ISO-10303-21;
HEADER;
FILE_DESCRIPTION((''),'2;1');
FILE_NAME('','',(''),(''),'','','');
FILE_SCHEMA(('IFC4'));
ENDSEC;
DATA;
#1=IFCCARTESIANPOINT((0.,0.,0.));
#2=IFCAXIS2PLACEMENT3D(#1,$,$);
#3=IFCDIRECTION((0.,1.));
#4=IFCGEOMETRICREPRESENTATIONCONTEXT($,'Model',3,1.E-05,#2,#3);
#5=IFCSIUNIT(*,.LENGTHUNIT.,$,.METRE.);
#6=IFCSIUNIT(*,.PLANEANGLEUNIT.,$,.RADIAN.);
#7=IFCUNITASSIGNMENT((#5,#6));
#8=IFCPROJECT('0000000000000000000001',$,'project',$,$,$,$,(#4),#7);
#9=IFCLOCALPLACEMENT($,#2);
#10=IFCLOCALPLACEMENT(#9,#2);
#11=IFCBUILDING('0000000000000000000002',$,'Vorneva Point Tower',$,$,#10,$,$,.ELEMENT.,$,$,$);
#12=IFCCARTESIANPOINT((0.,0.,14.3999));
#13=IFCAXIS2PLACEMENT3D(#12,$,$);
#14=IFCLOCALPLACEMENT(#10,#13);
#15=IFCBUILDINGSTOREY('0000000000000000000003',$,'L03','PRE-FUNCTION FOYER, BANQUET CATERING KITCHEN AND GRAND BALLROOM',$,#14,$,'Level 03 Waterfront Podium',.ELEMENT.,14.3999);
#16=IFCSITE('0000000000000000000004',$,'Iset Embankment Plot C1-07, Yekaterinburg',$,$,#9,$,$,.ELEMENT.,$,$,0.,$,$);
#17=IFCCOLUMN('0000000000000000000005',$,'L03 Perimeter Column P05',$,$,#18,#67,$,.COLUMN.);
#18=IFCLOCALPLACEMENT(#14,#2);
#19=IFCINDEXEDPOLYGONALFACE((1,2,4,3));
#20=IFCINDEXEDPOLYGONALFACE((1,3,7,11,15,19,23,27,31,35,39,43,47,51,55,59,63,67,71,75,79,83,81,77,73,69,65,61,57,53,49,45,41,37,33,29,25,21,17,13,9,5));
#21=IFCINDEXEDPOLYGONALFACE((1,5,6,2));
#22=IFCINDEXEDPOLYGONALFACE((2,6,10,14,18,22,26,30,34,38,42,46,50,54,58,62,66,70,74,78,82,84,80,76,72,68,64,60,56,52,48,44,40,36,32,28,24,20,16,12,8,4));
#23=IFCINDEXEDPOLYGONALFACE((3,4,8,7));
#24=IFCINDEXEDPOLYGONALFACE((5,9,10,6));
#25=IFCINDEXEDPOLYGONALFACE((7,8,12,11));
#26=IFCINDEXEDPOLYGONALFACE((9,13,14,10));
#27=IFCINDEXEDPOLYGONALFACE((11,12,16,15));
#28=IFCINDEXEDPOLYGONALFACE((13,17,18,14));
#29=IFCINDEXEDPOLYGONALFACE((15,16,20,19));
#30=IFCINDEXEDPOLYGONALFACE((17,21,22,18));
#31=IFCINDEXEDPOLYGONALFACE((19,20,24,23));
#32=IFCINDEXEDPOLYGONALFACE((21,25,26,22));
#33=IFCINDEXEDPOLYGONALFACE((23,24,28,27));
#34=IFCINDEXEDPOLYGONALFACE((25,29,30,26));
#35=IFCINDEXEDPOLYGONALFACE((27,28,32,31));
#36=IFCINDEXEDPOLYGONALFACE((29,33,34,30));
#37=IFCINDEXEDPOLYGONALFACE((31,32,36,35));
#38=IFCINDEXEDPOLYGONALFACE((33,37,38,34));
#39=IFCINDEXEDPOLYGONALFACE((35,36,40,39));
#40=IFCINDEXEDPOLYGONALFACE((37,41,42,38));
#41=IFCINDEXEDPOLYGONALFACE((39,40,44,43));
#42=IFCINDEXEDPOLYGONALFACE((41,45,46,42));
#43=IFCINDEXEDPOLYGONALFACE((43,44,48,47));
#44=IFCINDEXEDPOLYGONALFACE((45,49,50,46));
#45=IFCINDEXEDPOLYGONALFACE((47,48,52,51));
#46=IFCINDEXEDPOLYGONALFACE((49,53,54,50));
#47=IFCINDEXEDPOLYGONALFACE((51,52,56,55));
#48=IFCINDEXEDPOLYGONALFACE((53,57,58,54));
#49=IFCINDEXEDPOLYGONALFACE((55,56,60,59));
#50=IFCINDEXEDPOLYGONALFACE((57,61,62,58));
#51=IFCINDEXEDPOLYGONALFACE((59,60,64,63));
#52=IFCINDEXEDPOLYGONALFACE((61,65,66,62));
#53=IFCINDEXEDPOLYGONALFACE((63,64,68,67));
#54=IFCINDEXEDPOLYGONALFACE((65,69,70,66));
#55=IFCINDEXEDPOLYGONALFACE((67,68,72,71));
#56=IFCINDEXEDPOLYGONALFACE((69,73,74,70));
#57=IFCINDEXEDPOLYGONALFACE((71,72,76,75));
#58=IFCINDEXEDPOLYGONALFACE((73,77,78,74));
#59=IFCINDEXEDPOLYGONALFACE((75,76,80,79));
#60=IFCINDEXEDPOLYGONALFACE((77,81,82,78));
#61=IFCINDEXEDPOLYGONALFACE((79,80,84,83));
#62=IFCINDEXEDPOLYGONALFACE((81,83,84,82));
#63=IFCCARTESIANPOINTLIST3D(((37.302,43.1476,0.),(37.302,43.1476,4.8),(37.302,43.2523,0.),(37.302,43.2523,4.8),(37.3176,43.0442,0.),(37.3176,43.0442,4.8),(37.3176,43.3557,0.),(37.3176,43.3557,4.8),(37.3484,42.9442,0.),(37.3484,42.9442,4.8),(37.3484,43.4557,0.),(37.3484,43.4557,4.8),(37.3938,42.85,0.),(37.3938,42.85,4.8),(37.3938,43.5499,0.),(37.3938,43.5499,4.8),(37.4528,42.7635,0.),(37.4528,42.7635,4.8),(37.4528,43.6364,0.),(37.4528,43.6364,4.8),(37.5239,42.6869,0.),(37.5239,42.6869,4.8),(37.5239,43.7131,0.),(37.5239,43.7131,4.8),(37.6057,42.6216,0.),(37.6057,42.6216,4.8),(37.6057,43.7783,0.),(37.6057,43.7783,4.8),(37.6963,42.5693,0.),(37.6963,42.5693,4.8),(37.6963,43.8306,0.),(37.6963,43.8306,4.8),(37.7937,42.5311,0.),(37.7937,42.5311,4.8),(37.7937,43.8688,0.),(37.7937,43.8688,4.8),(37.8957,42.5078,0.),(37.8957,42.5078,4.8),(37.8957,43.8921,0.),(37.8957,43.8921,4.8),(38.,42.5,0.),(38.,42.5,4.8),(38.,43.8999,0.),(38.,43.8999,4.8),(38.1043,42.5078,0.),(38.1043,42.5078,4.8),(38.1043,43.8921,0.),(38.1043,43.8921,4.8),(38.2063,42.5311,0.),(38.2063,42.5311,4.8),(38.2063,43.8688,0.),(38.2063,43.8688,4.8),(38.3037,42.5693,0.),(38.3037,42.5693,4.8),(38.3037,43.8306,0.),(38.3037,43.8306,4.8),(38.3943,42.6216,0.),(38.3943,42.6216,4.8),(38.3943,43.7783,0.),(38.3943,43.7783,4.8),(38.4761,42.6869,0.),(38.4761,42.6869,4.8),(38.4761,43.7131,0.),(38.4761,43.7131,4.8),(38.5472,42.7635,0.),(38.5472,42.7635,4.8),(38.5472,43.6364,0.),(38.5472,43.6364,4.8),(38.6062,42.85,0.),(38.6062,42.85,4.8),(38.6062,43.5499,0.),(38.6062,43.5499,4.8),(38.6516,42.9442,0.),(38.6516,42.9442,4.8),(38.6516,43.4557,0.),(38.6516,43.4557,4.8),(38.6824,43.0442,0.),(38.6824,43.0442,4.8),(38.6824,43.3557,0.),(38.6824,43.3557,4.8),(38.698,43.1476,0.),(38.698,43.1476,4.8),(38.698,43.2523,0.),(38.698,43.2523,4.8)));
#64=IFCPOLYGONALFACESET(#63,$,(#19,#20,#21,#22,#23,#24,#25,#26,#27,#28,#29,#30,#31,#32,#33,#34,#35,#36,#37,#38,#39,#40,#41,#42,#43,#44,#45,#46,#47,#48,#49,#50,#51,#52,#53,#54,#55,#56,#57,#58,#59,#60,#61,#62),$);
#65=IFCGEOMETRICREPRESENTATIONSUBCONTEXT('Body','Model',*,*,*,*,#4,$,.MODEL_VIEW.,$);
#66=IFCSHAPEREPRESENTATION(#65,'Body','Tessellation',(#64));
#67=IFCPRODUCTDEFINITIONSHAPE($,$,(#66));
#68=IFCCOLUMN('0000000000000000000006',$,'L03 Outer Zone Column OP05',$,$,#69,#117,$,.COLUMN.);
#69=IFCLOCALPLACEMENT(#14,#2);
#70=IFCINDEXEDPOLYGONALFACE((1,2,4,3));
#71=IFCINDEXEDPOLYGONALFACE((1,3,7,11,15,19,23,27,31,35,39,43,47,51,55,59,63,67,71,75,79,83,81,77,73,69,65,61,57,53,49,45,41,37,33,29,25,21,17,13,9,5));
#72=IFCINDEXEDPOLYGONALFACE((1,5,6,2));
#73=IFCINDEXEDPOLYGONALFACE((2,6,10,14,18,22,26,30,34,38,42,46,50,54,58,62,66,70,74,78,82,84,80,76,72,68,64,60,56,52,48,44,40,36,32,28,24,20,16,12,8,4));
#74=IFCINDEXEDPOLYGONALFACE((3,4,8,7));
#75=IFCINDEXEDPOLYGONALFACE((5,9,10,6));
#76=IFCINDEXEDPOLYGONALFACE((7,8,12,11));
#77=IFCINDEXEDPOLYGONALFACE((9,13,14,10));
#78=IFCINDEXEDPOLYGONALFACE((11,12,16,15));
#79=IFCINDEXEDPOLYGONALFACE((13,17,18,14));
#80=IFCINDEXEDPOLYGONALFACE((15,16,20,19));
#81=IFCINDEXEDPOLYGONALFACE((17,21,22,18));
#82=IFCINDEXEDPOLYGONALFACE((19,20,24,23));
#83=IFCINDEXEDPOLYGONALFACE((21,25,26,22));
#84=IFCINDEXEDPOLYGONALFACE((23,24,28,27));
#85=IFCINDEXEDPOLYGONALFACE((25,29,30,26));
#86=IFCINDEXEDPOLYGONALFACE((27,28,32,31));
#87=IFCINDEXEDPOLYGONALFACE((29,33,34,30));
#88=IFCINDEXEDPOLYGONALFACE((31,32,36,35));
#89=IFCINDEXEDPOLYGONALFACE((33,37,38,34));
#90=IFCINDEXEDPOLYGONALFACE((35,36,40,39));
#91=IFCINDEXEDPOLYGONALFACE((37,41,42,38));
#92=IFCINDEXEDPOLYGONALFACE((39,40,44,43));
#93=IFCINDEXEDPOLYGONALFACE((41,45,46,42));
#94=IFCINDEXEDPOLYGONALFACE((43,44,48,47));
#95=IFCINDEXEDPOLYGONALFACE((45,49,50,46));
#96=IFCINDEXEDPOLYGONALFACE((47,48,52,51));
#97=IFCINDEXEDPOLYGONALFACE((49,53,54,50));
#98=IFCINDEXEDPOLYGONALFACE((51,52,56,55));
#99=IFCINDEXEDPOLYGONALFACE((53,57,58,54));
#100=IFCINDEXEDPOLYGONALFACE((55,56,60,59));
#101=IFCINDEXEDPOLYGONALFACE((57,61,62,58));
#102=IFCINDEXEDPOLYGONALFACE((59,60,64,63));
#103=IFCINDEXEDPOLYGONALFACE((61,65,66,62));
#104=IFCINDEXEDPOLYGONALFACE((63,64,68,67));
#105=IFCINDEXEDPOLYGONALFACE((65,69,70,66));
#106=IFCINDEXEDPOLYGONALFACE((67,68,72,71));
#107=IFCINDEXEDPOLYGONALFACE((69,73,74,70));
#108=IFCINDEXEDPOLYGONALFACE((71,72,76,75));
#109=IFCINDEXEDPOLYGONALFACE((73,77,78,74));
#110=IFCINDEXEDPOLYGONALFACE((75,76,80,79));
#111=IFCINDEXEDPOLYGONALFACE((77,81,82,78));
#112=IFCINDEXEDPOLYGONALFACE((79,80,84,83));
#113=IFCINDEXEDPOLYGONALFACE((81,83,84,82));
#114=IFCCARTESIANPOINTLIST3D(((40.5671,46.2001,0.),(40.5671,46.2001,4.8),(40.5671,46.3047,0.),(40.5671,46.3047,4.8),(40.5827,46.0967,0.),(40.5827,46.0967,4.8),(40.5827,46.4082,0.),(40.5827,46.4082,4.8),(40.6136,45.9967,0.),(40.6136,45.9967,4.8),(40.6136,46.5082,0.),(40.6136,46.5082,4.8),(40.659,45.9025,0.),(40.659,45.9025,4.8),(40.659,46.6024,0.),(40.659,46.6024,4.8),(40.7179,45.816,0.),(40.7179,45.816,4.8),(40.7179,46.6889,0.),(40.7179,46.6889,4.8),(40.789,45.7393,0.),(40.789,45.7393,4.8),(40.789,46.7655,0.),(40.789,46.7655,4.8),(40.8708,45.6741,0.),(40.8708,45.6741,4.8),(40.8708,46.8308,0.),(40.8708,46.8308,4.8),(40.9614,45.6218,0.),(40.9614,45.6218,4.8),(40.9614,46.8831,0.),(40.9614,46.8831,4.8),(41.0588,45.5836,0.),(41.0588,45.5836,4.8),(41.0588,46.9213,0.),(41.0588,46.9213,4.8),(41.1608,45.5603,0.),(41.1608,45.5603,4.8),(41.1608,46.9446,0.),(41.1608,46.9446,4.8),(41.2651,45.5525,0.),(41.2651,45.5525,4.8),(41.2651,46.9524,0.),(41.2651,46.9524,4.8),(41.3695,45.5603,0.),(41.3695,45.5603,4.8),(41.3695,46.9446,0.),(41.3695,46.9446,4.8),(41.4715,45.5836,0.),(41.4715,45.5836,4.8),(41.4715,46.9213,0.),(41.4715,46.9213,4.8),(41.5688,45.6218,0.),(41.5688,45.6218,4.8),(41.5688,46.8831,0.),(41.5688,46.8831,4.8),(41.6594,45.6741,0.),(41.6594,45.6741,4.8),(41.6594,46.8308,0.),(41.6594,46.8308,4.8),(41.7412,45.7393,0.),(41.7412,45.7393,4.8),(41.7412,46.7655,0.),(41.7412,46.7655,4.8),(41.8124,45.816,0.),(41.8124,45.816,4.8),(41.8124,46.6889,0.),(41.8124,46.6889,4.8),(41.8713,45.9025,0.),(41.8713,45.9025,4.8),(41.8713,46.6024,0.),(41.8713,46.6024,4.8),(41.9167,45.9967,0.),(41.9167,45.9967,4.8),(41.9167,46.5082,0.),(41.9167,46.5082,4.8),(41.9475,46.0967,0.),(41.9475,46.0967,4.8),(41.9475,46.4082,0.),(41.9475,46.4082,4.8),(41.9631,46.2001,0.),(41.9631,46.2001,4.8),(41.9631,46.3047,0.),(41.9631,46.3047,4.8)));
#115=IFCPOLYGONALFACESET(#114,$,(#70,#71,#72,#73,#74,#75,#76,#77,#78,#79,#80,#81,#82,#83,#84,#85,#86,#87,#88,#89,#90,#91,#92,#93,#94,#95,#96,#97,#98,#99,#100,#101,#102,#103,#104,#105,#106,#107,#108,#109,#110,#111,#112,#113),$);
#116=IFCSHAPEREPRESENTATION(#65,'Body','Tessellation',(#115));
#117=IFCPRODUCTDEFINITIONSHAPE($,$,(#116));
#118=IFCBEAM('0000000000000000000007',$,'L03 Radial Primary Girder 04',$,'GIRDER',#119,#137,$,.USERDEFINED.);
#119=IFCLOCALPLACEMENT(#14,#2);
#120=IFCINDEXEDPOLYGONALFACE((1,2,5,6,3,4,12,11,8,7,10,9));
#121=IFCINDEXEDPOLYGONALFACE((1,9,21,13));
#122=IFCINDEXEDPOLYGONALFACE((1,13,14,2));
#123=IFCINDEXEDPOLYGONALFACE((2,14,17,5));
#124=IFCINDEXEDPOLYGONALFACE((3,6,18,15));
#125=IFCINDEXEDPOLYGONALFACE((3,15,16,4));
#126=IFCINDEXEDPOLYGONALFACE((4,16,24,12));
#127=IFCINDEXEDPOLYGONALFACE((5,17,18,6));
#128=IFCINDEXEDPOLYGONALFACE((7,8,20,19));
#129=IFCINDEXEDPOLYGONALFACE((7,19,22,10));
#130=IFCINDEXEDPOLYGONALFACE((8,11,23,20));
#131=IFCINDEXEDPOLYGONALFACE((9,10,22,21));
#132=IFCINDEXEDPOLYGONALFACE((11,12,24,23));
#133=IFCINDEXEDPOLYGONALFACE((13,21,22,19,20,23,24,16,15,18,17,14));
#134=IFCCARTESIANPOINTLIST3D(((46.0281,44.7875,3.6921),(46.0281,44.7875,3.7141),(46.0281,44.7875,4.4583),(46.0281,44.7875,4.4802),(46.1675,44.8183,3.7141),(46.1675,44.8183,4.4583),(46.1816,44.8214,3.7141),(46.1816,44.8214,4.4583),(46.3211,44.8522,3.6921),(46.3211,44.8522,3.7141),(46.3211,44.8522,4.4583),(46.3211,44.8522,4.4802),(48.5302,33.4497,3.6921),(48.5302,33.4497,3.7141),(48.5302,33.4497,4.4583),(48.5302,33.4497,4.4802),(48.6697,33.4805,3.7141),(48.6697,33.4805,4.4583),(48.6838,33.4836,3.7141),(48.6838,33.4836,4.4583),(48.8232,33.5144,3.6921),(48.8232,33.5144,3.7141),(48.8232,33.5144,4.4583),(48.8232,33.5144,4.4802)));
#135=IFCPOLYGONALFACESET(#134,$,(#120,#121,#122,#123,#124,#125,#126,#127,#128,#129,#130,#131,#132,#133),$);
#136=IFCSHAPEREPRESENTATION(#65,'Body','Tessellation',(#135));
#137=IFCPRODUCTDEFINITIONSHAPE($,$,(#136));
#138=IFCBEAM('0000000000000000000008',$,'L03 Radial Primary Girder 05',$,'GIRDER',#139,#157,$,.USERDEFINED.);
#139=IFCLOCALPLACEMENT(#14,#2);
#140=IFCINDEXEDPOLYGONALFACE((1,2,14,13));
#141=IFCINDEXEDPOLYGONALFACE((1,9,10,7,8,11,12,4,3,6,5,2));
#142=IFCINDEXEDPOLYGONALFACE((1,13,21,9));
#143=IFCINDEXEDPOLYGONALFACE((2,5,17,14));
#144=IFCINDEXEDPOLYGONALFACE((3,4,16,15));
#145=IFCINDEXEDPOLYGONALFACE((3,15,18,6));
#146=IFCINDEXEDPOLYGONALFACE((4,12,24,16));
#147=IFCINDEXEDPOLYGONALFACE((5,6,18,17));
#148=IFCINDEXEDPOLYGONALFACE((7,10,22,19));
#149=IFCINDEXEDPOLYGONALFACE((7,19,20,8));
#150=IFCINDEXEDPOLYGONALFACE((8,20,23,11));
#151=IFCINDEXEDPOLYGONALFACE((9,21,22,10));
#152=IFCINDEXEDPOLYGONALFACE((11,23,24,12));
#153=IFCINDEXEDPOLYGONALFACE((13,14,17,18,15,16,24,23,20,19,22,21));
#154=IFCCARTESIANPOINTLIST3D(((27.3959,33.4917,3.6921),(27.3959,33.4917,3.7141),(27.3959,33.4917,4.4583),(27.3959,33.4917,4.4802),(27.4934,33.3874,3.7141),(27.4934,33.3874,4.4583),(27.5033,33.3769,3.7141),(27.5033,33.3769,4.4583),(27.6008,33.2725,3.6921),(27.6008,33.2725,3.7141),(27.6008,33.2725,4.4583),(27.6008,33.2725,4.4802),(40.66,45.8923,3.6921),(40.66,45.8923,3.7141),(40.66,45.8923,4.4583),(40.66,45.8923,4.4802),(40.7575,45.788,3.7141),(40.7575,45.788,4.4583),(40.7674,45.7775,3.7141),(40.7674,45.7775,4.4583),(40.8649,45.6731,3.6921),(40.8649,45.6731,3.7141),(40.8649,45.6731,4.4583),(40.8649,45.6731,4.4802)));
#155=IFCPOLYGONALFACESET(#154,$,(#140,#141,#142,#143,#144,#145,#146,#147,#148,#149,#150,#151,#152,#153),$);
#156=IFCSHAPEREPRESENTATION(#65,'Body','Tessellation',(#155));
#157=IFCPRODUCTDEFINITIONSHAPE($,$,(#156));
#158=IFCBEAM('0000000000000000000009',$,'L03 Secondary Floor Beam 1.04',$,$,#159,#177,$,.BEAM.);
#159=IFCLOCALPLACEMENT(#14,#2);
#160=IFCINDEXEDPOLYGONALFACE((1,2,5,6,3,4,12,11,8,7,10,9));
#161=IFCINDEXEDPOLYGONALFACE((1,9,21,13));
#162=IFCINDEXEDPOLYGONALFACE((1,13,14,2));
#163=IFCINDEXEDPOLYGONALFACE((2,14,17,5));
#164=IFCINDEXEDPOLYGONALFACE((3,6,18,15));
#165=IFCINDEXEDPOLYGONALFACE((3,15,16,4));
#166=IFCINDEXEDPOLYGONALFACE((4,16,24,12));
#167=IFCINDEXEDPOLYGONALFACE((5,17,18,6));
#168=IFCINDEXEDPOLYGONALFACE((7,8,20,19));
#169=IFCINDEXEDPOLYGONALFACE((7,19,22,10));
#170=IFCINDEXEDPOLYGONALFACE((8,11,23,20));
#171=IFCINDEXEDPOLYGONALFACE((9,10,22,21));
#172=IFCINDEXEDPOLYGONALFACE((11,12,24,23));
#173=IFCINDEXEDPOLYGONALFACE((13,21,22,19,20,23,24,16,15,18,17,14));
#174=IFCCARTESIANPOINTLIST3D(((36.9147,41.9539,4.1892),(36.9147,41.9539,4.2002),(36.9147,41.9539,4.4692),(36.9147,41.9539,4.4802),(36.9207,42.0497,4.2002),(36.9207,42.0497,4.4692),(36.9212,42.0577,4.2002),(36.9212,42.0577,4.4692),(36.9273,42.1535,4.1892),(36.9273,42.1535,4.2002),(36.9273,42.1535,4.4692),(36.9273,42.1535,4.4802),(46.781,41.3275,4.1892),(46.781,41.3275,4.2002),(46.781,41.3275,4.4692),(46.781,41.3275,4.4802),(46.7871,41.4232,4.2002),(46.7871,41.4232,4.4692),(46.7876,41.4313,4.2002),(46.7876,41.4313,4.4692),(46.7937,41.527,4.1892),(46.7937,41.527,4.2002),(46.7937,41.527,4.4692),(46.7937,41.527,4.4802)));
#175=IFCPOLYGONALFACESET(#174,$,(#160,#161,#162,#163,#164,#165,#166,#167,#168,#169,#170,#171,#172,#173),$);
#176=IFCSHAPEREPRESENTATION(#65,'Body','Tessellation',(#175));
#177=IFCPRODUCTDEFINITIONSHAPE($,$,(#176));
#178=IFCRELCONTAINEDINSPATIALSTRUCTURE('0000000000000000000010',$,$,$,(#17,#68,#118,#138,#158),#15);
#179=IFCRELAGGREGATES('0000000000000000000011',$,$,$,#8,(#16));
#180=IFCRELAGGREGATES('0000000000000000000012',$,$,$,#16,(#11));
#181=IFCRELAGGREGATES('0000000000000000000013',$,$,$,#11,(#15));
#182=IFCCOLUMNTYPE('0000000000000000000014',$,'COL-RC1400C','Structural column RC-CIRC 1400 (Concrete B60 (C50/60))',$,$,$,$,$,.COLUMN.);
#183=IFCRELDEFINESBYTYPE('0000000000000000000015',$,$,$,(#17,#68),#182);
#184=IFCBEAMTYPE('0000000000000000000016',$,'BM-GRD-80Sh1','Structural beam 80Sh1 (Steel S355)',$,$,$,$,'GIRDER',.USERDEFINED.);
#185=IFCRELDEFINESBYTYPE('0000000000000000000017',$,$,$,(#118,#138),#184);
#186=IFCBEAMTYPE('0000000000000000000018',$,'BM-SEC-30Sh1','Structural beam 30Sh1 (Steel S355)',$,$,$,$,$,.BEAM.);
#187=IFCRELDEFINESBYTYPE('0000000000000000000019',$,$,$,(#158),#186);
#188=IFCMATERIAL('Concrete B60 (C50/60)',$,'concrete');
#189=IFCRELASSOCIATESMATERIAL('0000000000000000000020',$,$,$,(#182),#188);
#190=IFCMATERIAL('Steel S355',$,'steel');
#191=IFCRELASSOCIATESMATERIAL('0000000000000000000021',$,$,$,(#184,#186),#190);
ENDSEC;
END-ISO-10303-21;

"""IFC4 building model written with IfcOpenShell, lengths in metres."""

from ifc_helpers import new_model, si_unit, direction, frame, origin, origin_2d, place, context, subcontext, project, spatial, circle, i_section, extrude, material, material_profile, profile_set, type_object, element, save


model = new_model("IFC4")

# Units and contexts
model_context = context("Model", 3, precision=1e-05, world=origin(), true_north=direction((0.0, 1.0)))
body_context = subcontext(model_context, "Body", "Model", "MODEL_VIEW")
ifc_project = project(units=[si_unit("LENGTHUNIT", "METRE"), si_unit("PLANEANGLEUNIT", "RADIAN")], contexts=[model_context])

# Site, building, storey
site_placement = place(None, origin())
site = spatial("IfcSite", under=ifc_project, at=site_placement, Name="Iset Embankment Plot C1-07, Yekaterinburg", CompositionType="ELEMENT", RefElevation=0.0)
building_placement = place(site_placement, origin())
building = spatial("IfcBuilding", under=site, at=building_placement, Name="Vorneva Point Tower", CompositionType="ELEMENT")
storey_placement = place(building_placement, frame((0.0, 0.0, 14.3999)))
storey = spatial("IfcBuildingStorey", under=building, at=storey_placement, Name="L03", Description="PRE-FUNCTION FOYER, BANQUET CATERING KITCHEN AND GRAND BALLROOM", LongName="Level 03 Waterfront Podium", CompositionType="ELEMENT", Elevation=14.3999)

# Columns
ifc_material_1 = material(Name="Concrete B60 (C50/60)", Category="concrete")
ifc_material_profile_1 = material_profile(ifc_material_1, circle(Radius=0.7, at=origin_2d()), Name="RC-CIRC 1400")
ifc_profile_set_1 = profile_set([ifc_material_profile_1], Name="Concrete B60 (C50/60)")
column_type = type_object("IfcColumnType", Name="COL-RC1400C", Description="Structural column RC-CIRC 1400 (Concrete B60 (C50/60))", PredefinedType="COLUMN", material=ifc_profile_set_1)
for number, where, z_axis, x_axis, name in (
    (1, (38.0, 43.2, 0.0), (0.0, 0.0, 1.0), (0.0, 1.0, 0.0), "L03 Perimeter Column P05"),
    (2, (41.2651, 46.2524, 0.0), (0.0, 0.0, 1.0), (0.0, 1.0, 0.0), "L03 Outer Zone Column OP05"),
):
    element("IfcColumn", number, at=place(storey_placement, frame(where, z_axis=z_axis, x_axis=x_axis)), inside=storey, type_object=column_type, Name=name, PredefinedType="COLUMN", context=body_context, shape_type="SweptSolid", body=[
        extrude(circle(Radius=0.7, at=origin_2d()), origin(), (0.0, 0.0, 1.0), 4.8),
    ])

# Beams
ifc_material_2 = material(Name="Steel S355", Category="steel")
ifc_material_profile_2 = material_profile(ifc_material_2, i_section(OverallWidth=0.3, OverallDepth=0.7881, WebThickness=0.0144, FlangeThickness=0.022, at=origin_2d()), Name="80Sh1")
ifc_profile_set_2 = profile_set([ifc_material_profile_2], Name="Steel S355")
beam_type_1 = type_object("IfcBeamType", Name="BM-GRD-80Sh1", Description="Structural beam 80Sh1 (Steel S355)", ElementType="GIRDER", PredefinedType="USERDEFINED", material=ifc_profile_set_2)
beam_1_placement = place(storey_placement, frame((46.1746, 44.8198, 4.0862), z_axis=(0.215508, -0.976502, 0.0), x_axis=(0.976502, 0.215508, 0.0)))
element("IfcBeam", 3, at=beam_1_placement, inside=storey, type_object=beam_type_1, Name="L03 Radial Primary Girder 04", ObjectType="GIRDER", PredefinedType="USERDEFINED", context=body_context, shape_type="SweptSolid", body=[
    extrude(i_section(OverallWidth=0.3, OverallDepth=0.7881, WebThickness=0.0144, FlangeThickness=0.022, at=origin_2d()), origin(), (0.0, 0.0, 1.0), 11.6106),
])
beam_2_placement = place(storey_placement, frame((40.7625, 45.7827, 4.0862), z_axis=(-0.730485, -0.682929, 0.0), x_axis=(0.682929, -0.730485, 0.0)))
element("IfcBeam", 4, at=beam_2_placement, inside=storey, type_object=beam_type_1, Name="L03 Radial Primary Girder 05", ObjectType="GIRDER", PredefinedType="USERDEFINED", context=body_context, shape_type="SweptSolid", body=[
    extrude(i_section(OverallWidth=0.3, OverallDepth=0.7881, WebThickness=0.0144, FlangeThickness=0.022, at=origin_2d()), origin(), (0.0, 0.0, 1.0), 18.158),
])
ifc_material_profile_3 = material_profile(ifc_material_2, i_section(OverallWidth=0.2, OverallDepth=0.291, WebThickness=0.0081, FlangeThickness=0.011, at=origin_2d()), Name="30Sh1")
ifc_profile_set_3 = profile_set([ifc_material_profile_3], Name="Steel S355")
beam_type_2 = type_object("IfcBeamType", Name="BM-SEC-30Sh1", Description="Structural beam 30Sh1 (Steel S355)", PredefinedType="BEAM", material=ifc_profile_set_3)
beam_3_placement = place(storey_placement, frame((46.7874, 41.4272, 4.3347), z_axis=(-0.99799, 0.063367, 0.0), x_axis=(-0.063367, -0.99799, 0.0)))
element("IfcBeam", 5, at=beam_3_placement, inside=storey, type_object=beam_type_2, Name="L03 Secondary Floor Beam 1.04", PredefinedType="BEAM", context=body_context, shape_type="SweptSolid", body=[
    extrude(i_section(OverallWidth=0.2, OverallDepth=0.291, WebThickness=0.0081, FlangeThickness=0.011, at=origin_2d()), origin(), (0.0, 0.0, 1.0), 9.8862),
])

save(model, "model.ifc")
